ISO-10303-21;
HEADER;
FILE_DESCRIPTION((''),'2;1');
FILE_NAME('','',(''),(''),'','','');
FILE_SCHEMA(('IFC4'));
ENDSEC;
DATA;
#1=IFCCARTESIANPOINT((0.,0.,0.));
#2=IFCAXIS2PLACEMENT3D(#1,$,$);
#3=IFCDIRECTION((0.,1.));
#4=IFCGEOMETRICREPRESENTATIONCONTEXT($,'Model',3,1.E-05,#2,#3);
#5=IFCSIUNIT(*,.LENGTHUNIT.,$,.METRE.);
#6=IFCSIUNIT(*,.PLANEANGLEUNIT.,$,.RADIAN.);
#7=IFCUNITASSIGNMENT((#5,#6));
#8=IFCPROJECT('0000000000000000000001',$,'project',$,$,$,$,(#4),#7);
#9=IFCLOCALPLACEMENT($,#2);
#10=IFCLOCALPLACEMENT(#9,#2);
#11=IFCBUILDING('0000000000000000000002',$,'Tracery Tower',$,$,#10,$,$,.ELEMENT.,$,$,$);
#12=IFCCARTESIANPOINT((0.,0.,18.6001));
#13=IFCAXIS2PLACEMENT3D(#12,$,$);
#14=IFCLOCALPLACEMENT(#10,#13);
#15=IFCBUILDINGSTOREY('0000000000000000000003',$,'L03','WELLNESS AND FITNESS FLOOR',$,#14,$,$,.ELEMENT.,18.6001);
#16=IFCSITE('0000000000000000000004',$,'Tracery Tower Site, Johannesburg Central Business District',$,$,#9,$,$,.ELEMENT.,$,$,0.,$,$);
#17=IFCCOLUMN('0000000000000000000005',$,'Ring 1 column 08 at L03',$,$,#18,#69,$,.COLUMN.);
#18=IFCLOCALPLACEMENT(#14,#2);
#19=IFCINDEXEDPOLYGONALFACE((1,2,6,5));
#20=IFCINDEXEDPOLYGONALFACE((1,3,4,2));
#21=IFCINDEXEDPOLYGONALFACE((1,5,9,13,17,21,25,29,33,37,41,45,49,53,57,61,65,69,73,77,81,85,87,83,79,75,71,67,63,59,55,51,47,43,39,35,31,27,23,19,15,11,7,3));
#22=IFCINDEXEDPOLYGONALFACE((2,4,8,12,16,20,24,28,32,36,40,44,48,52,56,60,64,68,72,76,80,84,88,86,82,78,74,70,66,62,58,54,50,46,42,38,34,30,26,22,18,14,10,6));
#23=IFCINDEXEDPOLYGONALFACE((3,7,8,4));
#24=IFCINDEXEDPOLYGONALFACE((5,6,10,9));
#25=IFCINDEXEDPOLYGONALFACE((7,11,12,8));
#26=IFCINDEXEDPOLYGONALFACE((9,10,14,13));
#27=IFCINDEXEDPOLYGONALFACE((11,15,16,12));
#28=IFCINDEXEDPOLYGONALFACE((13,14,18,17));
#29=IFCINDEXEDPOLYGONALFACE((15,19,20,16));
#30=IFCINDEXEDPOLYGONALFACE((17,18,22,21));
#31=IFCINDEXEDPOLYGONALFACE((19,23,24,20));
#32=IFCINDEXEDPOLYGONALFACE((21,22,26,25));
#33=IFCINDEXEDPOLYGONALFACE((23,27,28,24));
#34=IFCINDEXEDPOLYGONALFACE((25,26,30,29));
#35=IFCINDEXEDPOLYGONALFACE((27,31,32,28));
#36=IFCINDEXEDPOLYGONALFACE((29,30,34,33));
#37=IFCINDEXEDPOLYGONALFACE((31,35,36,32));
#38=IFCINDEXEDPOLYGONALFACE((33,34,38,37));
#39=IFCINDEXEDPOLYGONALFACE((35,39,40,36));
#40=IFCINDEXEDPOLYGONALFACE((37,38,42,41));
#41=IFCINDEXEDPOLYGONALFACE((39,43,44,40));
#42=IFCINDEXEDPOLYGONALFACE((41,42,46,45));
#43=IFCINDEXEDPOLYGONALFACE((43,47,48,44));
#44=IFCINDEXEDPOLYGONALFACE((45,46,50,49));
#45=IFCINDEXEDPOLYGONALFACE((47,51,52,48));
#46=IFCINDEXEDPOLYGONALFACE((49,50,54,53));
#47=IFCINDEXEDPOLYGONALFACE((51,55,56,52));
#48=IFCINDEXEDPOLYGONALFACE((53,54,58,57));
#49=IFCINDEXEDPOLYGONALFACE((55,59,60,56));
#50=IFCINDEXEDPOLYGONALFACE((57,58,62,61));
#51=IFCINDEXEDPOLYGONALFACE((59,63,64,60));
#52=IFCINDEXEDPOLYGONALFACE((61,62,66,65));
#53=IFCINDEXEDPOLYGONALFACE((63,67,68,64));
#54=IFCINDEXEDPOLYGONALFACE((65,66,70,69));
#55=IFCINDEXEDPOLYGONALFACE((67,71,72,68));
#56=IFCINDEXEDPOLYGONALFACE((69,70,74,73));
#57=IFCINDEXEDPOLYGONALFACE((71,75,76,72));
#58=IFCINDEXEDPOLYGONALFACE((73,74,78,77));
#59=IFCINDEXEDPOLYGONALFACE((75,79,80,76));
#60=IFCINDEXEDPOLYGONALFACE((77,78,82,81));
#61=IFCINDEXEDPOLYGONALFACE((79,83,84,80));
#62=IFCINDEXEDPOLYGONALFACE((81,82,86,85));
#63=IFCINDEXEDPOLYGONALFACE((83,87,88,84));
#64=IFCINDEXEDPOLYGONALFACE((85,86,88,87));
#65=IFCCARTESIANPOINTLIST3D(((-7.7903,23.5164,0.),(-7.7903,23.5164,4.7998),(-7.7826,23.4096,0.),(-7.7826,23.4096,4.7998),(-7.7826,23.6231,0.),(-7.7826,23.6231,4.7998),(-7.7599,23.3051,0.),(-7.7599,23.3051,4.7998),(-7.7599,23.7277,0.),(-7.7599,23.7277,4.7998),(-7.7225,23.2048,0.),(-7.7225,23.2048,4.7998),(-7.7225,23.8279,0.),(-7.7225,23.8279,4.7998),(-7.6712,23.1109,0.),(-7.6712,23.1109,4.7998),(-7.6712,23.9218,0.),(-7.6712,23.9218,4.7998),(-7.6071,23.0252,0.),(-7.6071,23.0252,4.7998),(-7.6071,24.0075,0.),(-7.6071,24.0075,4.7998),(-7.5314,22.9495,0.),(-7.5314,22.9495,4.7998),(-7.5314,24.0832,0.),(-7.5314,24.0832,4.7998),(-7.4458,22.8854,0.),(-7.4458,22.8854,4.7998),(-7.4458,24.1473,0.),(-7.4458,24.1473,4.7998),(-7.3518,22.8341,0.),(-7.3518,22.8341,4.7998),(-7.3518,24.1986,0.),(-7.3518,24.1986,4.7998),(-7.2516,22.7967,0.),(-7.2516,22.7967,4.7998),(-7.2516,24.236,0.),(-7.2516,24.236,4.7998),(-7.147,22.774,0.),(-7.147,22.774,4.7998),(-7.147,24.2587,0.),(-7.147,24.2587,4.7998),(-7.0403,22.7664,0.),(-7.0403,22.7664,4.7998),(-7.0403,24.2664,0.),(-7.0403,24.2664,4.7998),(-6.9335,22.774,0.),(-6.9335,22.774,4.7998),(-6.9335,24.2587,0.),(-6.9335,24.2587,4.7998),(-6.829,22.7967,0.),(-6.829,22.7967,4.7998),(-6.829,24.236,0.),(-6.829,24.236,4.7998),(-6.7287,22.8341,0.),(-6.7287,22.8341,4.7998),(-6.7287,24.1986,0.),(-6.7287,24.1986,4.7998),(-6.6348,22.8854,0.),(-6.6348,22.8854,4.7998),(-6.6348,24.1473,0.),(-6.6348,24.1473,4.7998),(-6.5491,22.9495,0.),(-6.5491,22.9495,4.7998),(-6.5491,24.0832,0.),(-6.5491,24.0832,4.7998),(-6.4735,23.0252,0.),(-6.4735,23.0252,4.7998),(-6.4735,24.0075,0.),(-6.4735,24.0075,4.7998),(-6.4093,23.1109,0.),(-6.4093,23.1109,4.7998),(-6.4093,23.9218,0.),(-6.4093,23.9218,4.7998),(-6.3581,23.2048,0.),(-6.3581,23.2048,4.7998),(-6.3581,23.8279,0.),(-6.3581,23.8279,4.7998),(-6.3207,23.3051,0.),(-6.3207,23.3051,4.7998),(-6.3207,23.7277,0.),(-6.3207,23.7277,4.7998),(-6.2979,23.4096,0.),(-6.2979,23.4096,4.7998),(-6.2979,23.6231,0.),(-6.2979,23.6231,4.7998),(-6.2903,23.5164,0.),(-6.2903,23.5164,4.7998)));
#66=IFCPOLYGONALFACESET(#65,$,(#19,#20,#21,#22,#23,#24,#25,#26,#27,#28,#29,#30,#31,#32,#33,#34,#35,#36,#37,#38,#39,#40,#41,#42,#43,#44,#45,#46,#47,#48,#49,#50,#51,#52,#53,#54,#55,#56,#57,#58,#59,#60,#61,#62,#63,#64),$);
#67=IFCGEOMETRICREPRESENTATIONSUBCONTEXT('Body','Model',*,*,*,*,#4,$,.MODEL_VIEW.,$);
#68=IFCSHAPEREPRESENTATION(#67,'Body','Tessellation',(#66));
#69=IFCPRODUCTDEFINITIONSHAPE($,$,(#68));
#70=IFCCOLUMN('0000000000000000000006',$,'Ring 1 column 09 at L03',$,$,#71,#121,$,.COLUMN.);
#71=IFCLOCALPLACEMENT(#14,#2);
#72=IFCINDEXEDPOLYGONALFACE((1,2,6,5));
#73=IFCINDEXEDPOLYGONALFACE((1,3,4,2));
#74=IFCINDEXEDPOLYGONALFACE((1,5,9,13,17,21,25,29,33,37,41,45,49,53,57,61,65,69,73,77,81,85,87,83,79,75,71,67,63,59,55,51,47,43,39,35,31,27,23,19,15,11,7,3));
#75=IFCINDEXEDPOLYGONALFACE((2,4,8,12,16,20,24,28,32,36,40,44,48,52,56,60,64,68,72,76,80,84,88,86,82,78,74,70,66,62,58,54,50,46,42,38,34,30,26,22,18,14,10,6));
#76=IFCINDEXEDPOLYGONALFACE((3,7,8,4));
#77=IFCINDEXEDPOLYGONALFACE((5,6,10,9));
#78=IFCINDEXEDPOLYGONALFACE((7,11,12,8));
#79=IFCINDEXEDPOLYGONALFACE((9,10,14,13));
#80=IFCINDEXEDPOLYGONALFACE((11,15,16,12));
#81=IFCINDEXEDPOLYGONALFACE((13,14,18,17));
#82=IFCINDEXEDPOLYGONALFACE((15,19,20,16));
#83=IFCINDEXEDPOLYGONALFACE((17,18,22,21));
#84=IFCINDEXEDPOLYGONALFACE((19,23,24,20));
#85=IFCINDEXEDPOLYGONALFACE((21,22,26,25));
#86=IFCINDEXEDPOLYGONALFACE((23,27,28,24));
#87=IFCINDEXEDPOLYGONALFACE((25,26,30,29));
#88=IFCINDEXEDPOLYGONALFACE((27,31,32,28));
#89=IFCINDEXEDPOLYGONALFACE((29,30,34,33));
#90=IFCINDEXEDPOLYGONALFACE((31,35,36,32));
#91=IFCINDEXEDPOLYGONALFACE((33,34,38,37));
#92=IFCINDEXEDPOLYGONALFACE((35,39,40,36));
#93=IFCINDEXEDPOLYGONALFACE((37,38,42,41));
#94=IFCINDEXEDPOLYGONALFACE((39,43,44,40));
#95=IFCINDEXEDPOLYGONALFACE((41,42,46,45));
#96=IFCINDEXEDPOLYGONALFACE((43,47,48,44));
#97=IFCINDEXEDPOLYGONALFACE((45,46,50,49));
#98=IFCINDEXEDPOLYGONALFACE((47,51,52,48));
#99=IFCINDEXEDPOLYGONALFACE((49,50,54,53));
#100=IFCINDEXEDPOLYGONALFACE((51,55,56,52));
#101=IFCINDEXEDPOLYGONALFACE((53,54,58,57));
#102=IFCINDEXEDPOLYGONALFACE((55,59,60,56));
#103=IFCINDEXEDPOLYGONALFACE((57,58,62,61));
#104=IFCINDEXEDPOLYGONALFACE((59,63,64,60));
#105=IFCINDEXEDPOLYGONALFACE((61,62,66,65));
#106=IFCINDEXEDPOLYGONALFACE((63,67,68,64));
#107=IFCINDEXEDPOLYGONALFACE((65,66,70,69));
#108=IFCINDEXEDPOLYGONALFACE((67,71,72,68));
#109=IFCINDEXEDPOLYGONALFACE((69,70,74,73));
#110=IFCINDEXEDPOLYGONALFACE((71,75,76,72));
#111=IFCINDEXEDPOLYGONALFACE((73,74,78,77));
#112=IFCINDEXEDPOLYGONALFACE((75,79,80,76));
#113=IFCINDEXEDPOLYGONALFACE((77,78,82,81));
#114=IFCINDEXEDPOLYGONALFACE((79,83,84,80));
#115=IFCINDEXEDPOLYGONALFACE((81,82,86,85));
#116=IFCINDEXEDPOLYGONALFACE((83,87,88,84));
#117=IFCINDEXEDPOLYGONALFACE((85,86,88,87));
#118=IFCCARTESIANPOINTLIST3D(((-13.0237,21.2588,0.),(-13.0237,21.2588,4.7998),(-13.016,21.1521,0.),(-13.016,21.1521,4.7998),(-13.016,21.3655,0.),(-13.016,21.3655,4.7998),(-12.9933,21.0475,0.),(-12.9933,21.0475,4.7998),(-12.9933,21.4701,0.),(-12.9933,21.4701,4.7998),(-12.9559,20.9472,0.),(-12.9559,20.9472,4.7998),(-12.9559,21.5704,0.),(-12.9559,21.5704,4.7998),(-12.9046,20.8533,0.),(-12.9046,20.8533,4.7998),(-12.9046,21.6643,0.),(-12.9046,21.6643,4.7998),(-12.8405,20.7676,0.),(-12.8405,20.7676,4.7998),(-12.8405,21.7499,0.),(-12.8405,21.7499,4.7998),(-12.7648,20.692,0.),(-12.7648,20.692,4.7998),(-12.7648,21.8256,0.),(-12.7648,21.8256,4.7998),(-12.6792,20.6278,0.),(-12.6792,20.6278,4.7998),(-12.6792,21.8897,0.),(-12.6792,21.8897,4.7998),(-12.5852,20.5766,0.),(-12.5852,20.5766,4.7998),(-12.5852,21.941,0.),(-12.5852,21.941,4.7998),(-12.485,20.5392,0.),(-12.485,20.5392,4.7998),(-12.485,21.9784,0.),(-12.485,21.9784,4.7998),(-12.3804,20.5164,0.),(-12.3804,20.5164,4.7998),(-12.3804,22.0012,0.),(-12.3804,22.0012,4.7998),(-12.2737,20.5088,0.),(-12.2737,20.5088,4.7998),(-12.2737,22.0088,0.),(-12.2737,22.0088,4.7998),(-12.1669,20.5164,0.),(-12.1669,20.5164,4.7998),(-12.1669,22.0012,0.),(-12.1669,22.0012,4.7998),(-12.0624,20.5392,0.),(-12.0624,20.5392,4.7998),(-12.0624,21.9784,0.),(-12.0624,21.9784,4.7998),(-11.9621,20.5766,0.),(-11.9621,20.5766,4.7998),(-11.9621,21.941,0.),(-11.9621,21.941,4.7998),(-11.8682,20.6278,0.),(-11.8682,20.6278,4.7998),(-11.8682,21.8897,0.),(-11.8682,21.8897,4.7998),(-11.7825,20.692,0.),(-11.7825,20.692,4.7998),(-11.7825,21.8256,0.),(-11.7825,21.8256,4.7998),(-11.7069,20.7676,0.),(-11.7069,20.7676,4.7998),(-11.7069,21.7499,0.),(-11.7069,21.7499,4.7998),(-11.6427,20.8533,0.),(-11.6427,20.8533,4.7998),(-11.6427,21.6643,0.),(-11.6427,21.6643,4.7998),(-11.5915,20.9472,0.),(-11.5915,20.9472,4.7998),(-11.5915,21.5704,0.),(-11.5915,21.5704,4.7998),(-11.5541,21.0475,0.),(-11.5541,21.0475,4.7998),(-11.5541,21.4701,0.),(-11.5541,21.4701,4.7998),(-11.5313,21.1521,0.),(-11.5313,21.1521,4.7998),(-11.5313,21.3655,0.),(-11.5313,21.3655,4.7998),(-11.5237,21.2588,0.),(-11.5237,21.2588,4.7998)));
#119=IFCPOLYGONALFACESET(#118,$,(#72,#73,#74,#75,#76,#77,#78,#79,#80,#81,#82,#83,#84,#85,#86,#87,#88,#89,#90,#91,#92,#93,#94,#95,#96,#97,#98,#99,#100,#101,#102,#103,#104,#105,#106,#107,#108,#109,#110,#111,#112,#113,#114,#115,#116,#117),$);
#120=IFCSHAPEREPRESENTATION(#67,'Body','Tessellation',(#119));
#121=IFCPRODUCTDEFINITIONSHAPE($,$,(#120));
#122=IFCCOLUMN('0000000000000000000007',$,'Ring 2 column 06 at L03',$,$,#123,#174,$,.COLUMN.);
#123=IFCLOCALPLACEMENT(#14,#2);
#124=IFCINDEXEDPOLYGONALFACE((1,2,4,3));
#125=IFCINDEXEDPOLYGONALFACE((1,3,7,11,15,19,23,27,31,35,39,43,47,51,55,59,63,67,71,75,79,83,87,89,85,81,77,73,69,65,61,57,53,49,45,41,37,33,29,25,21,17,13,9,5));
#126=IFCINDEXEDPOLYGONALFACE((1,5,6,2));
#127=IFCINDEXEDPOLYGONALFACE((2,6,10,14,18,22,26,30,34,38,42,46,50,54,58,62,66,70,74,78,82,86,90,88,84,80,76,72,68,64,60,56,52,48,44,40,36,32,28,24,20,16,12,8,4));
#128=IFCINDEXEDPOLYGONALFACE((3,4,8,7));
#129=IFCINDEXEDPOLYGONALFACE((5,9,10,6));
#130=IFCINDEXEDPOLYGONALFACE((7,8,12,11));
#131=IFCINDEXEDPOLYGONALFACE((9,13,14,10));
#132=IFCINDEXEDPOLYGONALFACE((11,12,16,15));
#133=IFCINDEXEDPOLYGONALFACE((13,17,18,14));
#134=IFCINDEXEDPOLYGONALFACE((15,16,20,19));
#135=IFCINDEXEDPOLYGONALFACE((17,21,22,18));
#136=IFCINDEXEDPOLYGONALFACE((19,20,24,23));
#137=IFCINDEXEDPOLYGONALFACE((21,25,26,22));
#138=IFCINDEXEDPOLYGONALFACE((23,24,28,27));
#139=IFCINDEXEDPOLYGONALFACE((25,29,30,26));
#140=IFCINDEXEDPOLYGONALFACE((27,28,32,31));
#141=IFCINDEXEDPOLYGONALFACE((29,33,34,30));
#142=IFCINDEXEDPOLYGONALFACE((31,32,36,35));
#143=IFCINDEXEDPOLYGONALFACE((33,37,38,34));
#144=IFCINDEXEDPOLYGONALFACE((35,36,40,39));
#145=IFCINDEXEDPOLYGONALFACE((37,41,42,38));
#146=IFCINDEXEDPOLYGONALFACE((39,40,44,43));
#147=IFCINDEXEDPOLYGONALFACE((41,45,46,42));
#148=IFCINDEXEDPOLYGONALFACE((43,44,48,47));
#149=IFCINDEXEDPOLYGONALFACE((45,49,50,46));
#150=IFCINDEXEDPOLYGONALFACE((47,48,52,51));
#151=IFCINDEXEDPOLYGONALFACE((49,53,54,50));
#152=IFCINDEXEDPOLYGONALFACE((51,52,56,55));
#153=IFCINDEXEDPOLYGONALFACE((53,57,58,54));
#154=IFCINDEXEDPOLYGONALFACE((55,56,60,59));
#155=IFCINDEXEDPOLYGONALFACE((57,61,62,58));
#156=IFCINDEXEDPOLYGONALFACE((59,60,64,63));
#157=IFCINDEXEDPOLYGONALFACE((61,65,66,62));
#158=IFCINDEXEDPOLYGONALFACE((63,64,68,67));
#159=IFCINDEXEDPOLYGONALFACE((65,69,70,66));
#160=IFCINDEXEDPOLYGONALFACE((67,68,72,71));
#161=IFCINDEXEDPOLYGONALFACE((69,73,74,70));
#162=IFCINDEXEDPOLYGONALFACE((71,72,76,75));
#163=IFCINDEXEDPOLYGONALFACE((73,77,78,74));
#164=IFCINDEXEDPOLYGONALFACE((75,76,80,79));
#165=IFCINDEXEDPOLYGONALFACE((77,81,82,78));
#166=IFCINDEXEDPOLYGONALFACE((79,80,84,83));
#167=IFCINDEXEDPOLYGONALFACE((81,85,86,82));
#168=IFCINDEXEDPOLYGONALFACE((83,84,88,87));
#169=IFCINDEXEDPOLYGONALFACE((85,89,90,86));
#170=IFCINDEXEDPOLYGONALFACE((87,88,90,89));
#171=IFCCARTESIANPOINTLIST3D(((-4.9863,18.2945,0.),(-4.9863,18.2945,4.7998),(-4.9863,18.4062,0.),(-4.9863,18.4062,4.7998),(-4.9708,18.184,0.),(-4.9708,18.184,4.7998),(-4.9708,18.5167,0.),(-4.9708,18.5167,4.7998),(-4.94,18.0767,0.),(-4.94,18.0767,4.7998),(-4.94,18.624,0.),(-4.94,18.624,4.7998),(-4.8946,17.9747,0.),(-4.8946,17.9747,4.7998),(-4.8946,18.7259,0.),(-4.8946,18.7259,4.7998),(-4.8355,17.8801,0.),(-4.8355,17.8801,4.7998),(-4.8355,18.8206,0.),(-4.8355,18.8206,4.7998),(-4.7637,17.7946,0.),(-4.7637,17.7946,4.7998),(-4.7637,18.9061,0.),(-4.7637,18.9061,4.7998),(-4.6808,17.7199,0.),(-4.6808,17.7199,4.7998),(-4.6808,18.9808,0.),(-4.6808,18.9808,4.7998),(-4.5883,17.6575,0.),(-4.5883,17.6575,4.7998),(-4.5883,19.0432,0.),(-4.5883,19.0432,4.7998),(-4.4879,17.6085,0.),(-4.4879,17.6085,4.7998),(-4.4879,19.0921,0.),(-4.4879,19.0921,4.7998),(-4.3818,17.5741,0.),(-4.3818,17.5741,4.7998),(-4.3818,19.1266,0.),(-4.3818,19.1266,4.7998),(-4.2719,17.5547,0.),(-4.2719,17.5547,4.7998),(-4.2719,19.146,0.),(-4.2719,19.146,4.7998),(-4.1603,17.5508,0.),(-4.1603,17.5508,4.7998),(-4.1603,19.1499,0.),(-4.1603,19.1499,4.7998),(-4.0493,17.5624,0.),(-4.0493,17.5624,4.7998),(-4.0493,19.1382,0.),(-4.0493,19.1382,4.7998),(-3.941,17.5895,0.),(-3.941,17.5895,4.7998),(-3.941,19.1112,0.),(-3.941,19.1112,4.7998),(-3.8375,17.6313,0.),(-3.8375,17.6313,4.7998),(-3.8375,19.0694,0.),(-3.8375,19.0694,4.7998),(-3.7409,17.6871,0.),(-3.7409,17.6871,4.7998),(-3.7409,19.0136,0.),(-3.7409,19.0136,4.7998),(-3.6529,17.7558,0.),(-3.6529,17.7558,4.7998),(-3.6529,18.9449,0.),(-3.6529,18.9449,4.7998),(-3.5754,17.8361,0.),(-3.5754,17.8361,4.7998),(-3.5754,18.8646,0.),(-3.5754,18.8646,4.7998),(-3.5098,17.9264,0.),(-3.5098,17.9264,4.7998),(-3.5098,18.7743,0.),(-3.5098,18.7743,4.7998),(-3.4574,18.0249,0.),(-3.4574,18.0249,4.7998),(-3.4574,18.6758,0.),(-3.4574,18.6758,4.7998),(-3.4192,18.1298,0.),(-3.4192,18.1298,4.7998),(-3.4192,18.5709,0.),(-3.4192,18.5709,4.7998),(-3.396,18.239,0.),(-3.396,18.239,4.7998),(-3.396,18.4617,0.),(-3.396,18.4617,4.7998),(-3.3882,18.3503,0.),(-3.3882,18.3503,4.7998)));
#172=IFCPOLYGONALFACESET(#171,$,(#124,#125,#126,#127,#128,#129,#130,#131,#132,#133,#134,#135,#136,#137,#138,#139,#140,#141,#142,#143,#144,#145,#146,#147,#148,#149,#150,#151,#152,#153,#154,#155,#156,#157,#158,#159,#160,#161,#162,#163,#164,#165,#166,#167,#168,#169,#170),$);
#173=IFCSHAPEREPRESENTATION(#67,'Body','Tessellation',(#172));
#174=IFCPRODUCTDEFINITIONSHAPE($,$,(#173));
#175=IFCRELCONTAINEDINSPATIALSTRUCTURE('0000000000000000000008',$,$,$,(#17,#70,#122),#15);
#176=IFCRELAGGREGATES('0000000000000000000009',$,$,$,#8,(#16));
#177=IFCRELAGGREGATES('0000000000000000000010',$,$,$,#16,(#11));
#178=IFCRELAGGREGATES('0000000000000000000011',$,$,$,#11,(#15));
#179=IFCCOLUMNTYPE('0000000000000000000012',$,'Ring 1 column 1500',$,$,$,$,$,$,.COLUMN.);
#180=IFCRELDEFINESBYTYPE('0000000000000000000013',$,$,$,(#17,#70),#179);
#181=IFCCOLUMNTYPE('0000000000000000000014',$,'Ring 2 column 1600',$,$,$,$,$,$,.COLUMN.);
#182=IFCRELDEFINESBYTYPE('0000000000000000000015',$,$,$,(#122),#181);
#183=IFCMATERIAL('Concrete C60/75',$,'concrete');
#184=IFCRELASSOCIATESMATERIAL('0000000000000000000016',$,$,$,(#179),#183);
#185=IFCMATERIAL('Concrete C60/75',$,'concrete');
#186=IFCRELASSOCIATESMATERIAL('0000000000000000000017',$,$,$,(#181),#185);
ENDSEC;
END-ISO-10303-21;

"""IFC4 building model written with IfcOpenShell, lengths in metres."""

from ifc_helpers import new_model, si_unit, direction, frame, origin, origin_2d, place, context, subcontext, project, spatial, circle, extrude, material, material_profile, profile_set, type_object, element, save


model = new_model("IFC4")

# Units and contexts
model_context = context("Model", 3, precision=1e-05, world=origin(), true_north=direction((0.0, 1.0)))
body_context = subcontext(model_context, "Body", "Model", "MODEL_VIEW")
ifc_project = project(units=[si_unit("LENGTHUNIT", "METRE"), si_unit("PLANEANGLEUNIT", "RADIAN")], contexts=[model_context])

# Site, building, storey
site_placement = place(None, origin())
site = spatial("IfcSite", under=ifc_project, at=site_placement, Name="Tracery Tower Site, Johannesburg Central Business District", CompositionType="ELEMENT", RefElevation=0.0)
building_placement = place(site_placement, origin())
building = spatial("IfcBuilding", under=site, at=building_placement, Name="Tracery Tower", CompositionType="ELEMENT")
storey_placement = place(building_placement, frame((0.0, 0.0, 18.6001)))
storey = spatial("IfcBuildingStorey", under=building, at=storey_placement, Name="L03", Description="WELLNESS AND FITNESS FLOOR", CompositionType="ELEMENT", Elevation=18.6001)

# Columns
ifc_material_1 = material(Name="Concrete C60/75", Category="concrete")
ifc_material_profile_1 = material_profile(ifc_material_1, circle(Radius=0.75, at=origin_2d()), Name="RC D1500")
ifc_profile_set_1 = profile_set([ifc_material_profile_1], Name="Concrete C60/75")
column_type_1 = type_object("IfcColumnType", Name="Ring 1 column 1500", PredefinedType="COLUMN", material=ifc_profile_set_1)
for number, where, z_axis, x_axis, name in (
    (1, (-7.0403, 23.5164, 0.0), (0.0, 0.0, 1.0), (1.0, 0.0, 0.0), "Ring 1 column 08 at L03"),
    (2, (-12.2737, 21.2588, 0.0), (0.0, 0.0, 1.0), (1.0, 0.0, 0.0), "Ring 1 column 09 at L03"),
):
    element("IfcColumn", number, at=place(storey_placement, frame(where, z_axis=z_axis, x_axis=x_axis)), inside=storey, type_object=column_type_1, Name=name, PredefinedType="COLUMN", context=body_context, shape_type="SweptSolid", body=[
        extrude(circle(Radius=0.75, at=origin_2d()), origin(), (0.0, 0.0, 1.0), 4.7998),
    ])
ifc_material_2 = material(Name="Concrete C60/75", Category="concrete")
ifc_material_profile_2 = material_profile(ifc_material_2, circle(Radius=0.8, at=origin_2d()), Name="RC D1600")
ifc_profile_set_2 = profile_set([ifc_material_profile_2], Name="Concrete C60/75")
column_type_2 = type_object("IfcColumnType", Name="Ring 2 column 1600", PredefinedType="COLUMN", material=ifc_profile_set_2)
for number, where, z_axis, x_axis, name in (
    (3, (-4.1882, 18.3503, 0.0), (0.0, 0.0, 1.0), (1.0, 0.0, 0.0), "Ring 2 column 06 at L03"),
):
    element("IfcColumn", number, at=place(storey_placement, frame(where, z_axis=z_axis, x_axis=x_axis)), inside=storey, type_object=column_type_2, Name=name, PredefinedType="COLUMN", context=body_context, shape_type="SweptSolid", body=[
        extrude(circle(Radius=0.8, at=origin_2d()), origin(), (0.0, 0.0, 1.0), 4.7998),
    ])

save(model, "model.ifc")
